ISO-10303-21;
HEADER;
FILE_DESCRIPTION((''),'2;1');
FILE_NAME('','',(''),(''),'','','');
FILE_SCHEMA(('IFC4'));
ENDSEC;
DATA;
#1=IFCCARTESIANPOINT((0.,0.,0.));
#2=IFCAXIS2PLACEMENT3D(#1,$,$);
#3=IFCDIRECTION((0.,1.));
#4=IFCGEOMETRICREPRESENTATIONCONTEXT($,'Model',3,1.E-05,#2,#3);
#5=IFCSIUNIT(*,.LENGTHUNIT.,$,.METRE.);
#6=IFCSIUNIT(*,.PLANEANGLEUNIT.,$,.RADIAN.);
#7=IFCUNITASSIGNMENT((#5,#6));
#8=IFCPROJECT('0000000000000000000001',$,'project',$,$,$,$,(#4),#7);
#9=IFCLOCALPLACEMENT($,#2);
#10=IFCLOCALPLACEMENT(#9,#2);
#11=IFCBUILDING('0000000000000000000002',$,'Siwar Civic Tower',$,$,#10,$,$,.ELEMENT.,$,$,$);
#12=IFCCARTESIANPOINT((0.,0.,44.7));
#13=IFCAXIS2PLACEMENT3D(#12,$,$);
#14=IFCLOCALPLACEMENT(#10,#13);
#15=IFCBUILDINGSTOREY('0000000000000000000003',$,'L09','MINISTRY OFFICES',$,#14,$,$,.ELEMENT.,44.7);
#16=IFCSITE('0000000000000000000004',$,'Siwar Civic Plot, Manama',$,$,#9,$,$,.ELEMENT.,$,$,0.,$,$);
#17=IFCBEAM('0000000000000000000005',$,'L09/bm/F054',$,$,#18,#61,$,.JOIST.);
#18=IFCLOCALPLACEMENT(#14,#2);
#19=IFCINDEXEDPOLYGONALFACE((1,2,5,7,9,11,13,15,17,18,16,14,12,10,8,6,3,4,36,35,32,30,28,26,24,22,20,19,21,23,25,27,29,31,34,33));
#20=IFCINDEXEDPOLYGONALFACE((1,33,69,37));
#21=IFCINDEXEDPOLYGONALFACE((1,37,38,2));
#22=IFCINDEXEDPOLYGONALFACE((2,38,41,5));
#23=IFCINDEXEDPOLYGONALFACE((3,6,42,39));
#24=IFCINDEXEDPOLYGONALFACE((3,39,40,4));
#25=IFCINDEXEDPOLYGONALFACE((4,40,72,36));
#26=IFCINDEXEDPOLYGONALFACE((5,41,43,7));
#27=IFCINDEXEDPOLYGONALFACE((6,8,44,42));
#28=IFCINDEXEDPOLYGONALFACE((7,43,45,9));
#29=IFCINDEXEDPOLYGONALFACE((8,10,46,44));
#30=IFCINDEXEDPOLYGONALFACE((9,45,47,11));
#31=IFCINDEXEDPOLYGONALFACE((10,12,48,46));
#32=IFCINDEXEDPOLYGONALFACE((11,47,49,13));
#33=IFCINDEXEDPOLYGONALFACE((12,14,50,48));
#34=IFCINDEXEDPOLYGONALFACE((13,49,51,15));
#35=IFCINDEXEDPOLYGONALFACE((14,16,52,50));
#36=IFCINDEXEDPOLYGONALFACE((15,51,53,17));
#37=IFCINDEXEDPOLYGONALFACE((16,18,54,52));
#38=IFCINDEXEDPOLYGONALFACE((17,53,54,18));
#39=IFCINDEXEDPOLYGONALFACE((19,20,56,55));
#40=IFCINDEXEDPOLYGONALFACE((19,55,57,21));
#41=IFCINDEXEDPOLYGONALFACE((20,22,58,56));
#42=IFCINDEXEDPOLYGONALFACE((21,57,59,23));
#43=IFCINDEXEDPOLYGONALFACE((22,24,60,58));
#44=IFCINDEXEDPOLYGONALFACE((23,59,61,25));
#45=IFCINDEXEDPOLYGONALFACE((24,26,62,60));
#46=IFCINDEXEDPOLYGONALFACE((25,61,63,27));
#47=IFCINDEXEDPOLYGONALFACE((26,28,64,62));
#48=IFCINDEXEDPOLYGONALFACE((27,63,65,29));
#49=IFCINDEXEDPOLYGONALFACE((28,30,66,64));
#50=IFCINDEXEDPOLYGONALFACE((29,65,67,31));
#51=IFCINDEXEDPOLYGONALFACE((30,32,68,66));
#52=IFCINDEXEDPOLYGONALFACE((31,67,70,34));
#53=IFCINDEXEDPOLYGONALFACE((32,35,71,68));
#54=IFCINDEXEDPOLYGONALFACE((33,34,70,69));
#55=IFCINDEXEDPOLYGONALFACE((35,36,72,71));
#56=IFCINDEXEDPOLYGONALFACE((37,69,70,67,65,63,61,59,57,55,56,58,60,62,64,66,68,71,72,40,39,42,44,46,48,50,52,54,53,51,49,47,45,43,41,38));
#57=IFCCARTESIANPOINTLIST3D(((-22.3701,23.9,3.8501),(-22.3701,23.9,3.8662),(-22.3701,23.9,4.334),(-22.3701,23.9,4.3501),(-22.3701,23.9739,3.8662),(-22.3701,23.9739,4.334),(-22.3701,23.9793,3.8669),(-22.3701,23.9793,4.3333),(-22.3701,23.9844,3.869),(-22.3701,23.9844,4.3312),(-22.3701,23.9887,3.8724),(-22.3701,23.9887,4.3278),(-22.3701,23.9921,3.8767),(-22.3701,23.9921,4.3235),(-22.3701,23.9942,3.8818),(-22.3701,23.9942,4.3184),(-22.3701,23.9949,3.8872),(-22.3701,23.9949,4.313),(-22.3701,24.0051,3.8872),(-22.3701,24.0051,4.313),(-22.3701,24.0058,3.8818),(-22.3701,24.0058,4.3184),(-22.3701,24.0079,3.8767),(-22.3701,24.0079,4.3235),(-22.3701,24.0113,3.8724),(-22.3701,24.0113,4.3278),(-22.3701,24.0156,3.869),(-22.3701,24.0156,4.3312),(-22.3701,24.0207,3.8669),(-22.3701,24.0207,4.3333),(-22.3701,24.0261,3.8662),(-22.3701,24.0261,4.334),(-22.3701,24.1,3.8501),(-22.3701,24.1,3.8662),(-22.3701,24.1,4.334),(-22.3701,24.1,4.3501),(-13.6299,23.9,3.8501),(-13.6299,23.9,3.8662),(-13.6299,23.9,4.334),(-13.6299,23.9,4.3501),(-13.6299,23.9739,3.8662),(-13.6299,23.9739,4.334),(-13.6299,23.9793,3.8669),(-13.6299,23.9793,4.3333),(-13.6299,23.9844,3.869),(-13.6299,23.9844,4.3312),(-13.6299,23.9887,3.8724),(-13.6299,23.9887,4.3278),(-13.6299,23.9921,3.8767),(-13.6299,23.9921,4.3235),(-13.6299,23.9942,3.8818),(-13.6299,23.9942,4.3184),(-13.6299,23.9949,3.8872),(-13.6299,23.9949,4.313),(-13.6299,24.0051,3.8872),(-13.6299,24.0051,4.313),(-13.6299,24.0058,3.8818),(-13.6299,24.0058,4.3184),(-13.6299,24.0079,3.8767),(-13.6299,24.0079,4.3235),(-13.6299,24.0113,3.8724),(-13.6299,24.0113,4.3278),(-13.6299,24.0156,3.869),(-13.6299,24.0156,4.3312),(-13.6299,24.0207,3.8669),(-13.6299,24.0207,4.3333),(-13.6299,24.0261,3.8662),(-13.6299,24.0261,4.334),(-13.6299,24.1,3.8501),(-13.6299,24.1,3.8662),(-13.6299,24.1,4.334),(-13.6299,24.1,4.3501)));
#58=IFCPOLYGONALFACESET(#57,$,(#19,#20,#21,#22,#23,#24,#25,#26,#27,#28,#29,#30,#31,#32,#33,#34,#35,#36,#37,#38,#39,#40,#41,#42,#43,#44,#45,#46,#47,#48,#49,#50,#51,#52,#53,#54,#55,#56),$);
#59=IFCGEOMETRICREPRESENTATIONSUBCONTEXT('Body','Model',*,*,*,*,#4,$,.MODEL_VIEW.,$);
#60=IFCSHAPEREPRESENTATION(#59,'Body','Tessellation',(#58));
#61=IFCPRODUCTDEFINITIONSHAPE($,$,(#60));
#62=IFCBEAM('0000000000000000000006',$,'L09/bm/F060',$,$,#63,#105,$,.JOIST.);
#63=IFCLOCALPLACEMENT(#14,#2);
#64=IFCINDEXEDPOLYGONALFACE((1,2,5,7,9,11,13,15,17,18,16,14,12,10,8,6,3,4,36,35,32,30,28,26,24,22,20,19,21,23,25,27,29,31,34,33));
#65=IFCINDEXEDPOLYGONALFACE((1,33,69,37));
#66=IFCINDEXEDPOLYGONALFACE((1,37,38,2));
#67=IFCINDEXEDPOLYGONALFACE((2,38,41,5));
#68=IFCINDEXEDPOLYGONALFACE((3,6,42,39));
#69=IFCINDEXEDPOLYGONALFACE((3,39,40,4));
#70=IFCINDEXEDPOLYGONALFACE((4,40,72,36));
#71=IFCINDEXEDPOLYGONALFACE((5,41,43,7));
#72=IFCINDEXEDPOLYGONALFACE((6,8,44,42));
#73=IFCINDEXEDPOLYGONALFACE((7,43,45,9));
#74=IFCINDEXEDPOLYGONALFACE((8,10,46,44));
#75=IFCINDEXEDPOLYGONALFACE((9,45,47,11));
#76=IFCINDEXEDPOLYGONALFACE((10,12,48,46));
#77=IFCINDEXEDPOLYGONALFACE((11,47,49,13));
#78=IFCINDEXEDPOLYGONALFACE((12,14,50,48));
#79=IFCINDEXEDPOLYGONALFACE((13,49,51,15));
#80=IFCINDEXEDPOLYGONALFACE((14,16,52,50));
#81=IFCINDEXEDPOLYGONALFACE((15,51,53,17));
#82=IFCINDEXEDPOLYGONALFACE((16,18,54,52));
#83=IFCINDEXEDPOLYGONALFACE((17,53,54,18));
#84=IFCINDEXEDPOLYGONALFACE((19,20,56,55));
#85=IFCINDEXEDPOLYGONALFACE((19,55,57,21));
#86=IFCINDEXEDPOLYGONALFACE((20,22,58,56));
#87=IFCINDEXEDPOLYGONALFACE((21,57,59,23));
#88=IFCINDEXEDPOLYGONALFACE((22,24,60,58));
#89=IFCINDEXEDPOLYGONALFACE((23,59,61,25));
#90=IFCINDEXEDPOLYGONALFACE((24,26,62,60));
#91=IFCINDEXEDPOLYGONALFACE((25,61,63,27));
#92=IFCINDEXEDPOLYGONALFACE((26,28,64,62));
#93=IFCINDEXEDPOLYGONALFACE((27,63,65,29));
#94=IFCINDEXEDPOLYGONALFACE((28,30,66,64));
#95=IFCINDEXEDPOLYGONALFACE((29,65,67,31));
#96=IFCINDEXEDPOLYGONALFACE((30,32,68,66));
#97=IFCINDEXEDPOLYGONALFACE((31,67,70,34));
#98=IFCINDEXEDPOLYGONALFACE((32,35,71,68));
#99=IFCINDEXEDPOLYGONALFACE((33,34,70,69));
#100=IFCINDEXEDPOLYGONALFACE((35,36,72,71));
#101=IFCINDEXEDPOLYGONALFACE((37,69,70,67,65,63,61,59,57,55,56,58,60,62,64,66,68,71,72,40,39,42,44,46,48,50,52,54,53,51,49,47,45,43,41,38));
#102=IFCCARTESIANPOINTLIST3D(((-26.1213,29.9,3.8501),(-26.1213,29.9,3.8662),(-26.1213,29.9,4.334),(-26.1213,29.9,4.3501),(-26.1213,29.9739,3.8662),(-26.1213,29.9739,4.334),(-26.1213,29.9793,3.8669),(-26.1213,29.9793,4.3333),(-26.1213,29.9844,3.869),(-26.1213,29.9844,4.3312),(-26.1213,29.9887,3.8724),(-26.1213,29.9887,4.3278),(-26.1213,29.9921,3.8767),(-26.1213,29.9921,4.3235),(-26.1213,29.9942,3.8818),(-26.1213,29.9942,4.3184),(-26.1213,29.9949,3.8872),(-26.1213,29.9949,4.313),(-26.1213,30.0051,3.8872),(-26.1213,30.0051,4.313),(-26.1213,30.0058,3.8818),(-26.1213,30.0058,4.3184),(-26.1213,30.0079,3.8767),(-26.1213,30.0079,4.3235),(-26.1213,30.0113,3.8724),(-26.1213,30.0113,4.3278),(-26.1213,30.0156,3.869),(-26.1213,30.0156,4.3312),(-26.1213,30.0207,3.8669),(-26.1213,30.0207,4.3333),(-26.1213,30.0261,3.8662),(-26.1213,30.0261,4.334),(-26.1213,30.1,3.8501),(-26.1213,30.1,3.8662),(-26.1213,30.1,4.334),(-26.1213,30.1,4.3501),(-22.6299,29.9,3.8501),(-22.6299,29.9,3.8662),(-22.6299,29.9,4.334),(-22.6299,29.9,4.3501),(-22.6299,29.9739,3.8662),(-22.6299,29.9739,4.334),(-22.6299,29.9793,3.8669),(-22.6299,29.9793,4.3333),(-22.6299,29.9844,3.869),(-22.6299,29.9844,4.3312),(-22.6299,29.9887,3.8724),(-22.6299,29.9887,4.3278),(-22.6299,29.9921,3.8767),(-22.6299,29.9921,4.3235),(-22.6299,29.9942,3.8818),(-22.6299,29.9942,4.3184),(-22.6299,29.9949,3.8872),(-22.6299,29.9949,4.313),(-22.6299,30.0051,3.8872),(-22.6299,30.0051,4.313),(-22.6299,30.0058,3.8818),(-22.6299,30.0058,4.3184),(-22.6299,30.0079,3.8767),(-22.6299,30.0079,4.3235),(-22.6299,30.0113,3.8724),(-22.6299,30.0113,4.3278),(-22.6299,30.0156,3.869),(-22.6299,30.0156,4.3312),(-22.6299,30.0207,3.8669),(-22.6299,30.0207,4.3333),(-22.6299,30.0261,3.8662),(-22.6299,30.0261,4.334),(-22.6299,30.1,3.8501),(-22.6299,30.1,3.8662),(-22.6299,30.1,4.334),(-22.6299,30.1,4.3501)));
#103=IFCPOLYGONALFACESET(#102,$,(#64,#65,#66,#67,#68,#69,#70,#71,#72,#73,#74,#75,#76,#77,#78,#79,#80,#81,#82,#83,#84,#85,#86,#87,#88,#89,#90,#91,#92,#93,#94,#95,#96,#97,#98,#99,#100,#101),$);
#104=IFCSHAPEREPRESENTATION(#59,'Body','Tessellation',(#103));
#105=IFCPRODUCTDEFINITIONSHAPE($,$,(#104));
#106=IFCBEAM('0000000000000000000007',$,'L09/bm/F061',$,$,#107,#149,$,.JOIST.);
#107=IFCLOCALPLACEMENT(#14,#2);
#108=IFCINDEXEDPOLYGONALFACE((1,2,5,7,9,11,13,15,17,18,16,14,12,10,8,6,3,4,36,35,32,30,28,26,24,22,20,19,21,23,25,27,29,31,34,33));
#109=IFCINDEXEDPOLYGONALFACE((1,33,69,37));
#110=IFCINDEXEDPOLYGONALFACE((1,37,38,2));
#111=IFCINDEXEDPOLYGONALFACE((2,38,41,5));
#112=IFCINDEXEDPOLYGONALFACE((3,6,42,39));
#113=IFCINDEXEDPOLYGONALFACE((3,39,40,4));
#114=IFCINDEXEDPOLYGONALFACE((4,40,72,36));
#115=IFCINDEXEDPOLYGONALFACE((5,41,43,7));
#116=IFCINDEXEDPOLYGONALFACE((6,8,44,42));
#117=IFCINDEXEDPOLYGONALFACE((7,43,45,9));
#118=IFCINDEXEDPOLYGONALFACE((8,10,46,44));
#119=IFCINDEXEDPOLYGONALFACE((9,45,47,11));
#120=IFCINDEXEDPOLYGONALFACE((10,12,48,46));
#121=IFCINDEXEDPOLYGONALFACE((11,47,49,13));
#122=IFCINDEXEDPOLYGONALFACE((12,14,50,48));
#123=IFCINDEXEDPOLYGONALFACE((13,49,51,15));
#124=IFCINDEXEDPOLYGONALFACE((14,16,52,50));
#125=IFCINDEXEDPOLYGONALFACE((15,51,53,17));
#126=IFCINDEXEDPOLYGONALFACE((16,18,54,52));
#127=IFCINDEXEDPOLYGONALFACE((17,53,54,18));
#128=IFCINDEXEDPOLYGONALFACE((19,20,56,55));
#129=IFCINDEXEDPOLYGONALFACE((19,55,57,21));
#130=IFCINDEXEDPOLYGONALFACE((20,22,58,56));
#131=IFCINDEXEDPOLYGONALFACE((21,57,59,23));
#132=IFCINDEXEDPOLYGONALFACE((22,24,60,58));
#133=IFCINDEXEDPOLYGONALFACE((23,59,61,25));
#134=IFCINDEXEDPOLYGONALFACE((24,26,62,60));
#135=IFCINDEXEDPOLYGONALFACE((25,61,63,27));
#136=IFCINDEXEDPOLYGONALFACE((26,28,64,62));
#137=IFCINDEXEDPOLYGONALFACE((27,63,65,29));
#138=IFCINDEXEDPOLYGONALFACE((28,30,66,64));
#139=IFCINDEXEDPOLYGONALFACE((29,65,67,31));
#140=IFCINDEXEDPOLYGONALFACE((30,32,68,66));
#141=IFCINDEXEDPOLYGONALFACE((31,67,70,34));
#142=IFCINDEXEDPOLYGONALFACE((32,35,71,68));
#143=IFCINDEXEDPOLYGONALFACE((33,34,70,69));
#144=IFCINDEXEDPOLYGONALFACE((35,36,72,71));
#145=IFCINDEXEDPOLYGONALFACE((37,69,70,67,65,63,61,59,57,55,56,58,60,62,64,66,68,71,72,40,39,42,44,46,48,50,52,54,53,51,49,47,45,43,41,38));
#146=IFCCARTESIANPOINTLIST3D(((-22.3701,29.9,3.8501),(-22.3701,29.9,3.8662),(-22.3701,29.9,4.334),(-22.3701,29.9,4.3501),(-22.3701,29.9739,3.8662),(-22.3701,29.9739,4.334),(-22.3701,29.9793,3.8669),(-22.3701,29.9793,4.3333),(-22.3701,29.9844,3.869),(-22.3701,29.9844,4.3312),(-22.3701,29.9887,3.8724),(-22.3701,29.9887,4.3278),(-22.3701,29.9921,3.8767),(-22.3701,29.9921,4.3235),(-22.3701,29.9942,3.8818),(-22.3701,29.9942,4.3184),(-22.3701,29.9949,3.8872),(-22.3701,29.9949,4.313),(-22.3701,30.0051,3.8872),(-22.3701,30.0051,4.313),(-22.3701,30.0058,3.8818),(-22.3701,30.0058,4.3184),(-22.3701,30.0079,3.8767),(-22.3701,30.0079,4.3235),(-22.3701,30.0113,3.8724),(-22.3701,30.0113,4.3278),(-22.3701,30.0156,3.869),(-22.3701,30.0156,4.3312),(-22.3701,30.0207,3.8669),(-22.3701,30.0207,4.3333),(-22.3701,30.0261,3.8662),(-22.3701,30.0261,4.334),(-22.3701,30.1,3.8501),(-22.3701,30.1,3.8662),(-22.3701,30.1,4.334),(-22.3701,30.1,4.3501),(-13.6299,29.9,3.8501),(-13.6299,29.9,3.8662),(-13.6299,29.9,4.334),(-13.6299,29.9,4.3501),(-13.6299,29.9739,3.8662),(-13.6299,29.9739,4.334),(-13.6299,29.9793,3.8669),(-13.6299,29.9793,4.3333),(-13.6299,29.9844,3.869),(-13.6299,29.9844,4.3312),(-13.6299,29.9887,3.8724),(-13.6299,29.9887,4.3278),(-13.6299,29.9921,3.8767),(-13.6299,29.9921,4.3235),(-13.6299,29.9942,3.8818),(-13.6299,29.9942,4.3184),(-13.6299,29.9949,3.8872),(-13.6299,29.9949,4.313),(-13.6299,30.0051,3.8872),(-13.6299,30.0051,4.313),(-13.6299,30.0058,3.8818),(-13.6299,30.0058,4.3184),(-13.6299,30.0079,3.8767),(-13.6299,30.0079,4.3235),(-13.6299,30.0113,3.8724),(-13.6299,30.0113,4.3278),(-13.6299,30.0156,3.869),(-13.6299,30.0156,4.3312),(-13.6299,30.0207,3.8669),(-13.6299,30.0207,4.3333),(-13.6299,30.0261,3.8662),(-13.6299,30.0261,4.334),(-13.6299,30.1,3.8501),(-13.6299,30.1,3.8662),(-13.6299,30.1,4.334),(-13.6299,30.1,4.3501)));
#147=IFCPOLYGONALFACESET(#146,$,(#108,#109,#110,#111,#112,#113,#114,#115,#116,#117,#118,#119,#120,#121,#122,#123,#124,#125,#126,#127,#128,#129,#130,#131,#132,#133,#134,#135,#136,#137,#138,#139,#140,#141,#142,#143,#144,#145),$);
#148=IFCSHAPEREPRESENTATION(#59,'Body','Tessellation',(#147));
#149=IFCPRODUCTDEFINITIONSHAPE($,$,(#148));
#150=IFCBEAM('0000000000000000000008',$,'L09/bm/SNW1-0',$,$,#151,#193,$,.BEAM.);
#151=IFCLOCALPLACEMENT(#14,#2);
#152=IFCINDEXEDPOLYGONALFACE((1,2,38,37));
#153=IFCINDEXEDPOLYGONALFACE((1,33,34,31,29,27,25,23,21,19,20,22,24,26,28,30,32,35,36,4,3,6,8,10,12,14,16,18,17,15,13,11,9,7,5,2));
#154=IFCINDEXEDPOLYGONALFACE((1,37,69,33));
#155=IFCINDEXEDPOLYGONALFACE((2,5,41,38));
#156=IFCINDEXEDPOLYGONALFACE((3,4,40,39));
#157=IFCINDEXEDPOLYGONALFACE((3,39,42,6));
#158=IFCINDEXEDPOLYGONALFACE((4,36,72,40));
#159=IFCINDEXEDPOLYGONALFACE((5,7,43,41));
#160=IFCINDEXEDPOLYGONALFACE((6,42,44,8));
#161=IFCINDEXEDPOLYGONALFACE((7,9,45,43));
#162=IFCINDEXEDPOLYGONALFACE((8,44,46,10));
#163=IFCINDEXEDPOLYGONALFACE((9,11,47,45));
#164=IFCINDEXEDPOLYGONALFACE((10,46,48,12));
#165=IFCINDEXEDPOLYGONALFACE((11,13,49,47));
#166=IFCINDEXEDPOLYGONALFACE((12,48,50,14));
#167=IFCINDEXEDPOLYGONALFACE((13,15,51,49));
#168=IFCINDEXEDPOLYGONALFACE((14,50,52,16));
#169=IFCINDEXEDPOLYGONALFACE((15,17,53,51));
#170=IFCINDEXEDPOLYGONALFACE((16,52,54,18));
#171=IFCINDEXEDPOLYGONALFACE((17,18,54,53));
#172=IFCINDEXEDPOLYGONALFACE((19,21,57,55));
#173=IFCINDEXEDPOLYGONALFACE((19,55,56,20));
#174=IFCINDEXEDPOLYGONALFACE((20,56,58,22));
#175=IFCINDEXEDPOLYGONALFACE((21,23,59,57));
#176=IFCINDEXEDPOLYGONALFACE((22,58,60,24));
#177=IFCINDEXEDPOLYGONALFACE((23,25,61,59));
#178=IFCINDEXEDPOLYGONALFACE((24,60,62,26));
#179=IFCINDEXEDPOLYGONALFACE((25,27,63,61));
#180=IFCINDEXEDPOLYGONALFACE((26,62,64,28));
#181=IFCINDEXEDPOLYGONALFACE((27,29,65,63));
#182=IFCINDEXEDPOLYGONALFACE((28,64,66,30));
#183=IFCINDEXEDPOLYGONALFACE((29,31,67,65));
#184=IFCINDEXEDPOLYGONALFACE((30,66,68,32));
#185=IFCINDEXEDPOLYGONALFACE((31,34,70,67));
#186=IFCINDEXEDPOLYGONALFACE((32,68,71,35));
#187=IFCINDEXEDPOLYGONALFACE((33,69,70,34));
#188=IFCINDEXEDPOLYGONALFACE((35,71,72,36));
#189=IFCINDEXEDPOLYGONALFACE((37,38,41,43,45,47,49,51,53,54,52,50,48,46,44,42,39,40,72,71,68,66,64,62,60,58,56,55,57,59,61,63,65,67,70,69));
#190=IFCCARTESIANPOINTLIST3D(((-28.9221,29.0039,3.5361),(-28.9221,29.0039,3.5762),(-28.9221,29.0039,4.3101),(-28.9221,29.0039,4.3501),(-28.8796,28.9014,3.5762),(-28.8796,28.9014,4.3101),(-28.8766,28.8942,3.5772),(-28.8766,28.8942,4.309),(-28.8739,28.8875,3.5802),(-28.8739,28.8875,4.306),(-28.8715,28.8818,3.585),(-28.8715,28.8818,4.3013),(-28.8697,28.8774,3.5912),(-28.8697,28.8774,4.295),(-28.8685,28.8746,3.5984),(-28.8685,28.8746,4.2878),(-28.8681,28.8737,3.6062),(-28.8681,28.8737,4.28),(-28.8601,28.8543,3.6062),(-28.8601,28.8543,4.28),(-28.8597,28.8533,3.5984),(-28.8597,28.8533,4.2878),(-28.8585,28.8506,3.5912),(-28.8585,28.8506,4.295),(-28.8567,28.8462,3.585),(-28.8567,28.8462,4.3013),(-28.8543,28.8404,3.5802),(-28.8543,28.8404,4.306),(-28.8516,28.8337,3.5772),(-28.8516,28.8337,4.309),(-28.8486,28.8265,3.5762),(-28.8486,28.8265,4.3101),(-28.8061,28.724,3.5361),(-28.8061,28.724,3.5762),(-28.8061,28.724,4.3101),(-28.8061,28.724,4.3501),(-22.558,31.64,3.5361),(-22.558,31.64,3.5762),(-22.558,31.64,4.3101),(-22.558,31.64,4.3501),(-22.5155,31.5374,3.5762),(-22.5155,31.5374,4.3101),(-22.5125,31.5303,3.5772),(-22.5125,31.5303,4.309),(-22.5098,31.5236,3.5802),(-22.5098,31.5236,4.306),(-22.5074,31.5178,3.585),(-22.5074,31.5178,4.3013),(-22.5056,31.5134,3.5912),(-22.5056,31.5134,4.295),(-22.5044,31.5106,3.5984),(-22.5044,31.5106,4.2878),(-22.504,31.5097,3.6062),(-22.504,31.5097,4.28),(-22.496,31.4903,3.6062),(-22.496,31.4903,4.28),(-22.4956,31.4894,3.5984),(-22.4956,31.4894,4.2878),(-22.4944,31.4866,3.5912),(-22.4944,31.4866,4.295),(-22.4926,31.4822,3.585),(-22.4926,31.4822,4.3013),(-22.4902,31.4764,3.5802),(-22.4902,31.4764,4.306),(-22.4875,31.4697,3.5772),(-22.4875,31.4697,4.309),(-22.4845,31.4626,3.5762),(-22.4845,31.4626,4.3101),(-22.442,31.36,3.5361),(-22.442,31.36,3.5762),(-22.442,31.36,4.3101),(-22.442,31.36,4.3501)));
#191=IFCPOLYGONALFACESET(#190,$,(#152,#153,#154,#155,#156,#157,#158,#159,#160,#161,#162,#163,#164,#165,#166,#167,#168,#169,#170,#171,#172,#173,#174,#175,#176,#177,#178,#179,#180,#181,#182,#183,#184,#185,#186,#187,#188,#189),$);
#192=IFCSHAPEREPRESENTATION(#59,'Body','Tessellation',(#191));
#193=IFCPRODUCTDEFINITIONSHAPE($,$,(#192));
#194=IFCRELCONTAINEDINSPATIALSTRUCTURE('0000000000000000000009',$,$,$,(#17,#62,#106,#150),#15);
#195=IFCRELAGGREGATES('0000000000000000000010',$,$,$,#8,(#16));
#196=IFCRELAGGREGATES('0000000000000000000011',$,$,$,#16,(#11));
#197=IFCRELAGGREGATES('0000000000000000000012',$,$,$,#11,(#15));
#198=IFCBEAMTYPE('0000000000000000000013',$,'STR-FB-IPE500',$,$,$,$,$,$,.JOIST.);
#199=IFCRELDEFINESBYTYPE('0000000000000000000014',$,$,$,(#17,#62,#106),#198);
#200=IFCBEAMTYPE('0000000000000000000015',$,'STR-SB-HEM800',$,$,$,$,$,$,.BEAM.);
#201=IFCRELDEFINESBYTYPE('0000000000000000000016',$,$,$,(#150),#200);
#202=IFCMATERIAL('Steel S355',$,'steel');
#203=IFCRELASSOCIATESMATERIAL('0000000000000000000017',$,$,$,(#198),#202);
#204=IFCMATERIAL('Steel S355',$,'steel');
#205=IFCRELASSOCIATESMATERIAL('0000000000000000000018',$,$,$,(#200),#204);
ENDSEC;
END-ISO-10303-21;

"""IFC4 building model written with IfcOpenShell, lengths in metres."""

from ifc_helpers import new_model, si_unit, direction, frame, origin, origin_2d, place, context, subcontext, project, spatial, i_section, extrude, material, material_profile, profile_set, type_object, element, save


model = new_model("IFC4")

# Units and contexts
model_context = context("Model", 3, precision=1e-05, world=origin(), true_north=direction((0.0, 1.0)))
body_context = subcontext(model_context, "Body", "Model", "MODEL_VIEW")
ifc_project = project(units=[si_unit("LENGTHUNIT", "METRE"), si_unit("PLANEANGLEUNIT", "RADIAN")], contexts=[model_context])

# Site, building, storey
site_placement = place(None, origin())
site = spatial("IfcSite", under=ifc_project, at=site_placement, Name="Siwar Civic Plot, Manama", CompositionType="ELEMENT", RefElevation=0.0)
building_placement = place(site_placement, origin())
building = spatial("IfcBuilding", under=site, at=building_placement, Name="Siwar Civic Tower", CompositionType="ELEMENT")
storey_placement = place(building_placement, frame((0.0, 0.0, 44.7)))
storey = spatial("IfcBuildingStorey", under=building, at=storey_placement, Name="L09", Description="MINISTRY OFFICES", CompositionType="ELEMENT", Elevation=44.7)

# Beams
ifc_material_1 = material(Name="Steel S355", Category="steel")
ifc_material_profile_1 = material_profile(ifc_material_1, i_section(OverallWidth=0.2, OverallDepth=0.5, WebThickness=0.0103, FlangeThickness=0.0161, FilletRadius=0.021, at=origin_2d()), Name="IPE500")
ifc_profile_set_1 = profile_set([ifc_material_profile_1], Name="Steel S355")
beam_type_1 = type_object("IfcBeamType", Name="STR-FB-IPE500", PredefinedType="JOIST", material=ifc_profile_set_1)
beam_1_placement = place(storey_placement, frame((-22.3701, 24.0, 4.1001), z_axis=(1.0, 0.0, 0.0), x_axis=(0.0, 1.0, 0.0)))
element("IfcBeam", 1, at=beam_1_placement, inside=storey, type_object=beam_type_1, Name="L09/bm/F054", PredefinedType="JOIST", context=body_context, shape_type="SweptSolid", body=[
    extrude(i_section(OverallWidth=0.2, OverallDepth=0.5, WebThickness=0.0103, FlangeThickness=0.0161, FilletRadius=0.021, at=origin_2d()), origin(), (0.0, 0.0, 1.0), 8.7402),
])
beam_2_placement = place(storey_placement, frame((-26.1213, 30.0, 4.1001), z_axis=(1.0, 0.0, 0.0), x_axis=(0.0, 1.0, 0.0)))
element("IfcBeam", 2, at=beam_2_placement, inside=storey, type_object=beam_type_1, Name="L09/bm/F060", PredefinedType="JOIST", context=body_context, shape_type="SweptSolid", body=[
    extrude(i_section(OverallWidth=0.2, OverallDepth=0.5, WebThickness=0.0103, FlangeThickness=0.0161, FilletRadius=0.021, at=origin_2d()), origin(), (0.0, 0.0, 1.0), 3.4915),
])
beam_3_placement = place(storey_placement, frame((-22.3701, 30.0, 4.1001), z_axis=(1.0, 0.0, 0.0), x_axis=(0.0, 1.0, 0.0)))
element("IfcBeam", 3, at=beam_3_placement, inside=storey, type_object=beam_type_1, Name="L09/bm/F061", PredefinedType="JOIST", context=body_context, shape_type="SweptSolid", body=[
    extrude(i_section(OverallWidth=0.2, OverallDepth=0.5, WebThickness=0.0103, FlangeThickness=0.0161, FilletRadius=0.021, at=origin_2d()), origin(), (0.0, 0.0, 1.0), 8.7402),
])
ifc_material_2 = material(Name="Steel S355", Category="steel")
ifc_material_profile_2 = material_profile(ifc_material_2, i_section(OverallWidth=0.303, OverallDepth=0.814, WebThickness=0.021, FlangeThickness=0.04, FilletRadius=0.03, at=origin_2d()), Name="HEM800")
ifc_profile_set_2 = profile_set([ifc_material_profile_2], Name="Steel S355")
beam_type_2 = type_object("IfcBeamType", Name="STR-SB-HEM800", PredefinedType="BEAM", material=ifc_profile_set_2)
for number, where, z_axis, x_axis, name in (
    (4, (-22.5, 31.5, 3.9431), (-0.923883, -0.382674, 0.0), (0.382674, -0.923883, 0.0), "L09/bm/SNW1-0"),
):
    element("IfcBeam", number, at=place(storey_placement, frame(where, z_axis=z_axis, x_axis=x_axis)), inside=storey, type_object=beam_type_2, Name=name, PredefinedType="BEAM", context=body_context, shape_type="SweptSolid", body=[
        extrude(i_section(OverallWidth=0.303, OverallDepth=0.814, WebThickness=0.021, FlangeThickness=0.04, FilletRadius=0.03, at=origin_2d()), origin(), (0.0, 0.0, 1.0), 6.8884),
    ])

save(model, "model.ifc")
